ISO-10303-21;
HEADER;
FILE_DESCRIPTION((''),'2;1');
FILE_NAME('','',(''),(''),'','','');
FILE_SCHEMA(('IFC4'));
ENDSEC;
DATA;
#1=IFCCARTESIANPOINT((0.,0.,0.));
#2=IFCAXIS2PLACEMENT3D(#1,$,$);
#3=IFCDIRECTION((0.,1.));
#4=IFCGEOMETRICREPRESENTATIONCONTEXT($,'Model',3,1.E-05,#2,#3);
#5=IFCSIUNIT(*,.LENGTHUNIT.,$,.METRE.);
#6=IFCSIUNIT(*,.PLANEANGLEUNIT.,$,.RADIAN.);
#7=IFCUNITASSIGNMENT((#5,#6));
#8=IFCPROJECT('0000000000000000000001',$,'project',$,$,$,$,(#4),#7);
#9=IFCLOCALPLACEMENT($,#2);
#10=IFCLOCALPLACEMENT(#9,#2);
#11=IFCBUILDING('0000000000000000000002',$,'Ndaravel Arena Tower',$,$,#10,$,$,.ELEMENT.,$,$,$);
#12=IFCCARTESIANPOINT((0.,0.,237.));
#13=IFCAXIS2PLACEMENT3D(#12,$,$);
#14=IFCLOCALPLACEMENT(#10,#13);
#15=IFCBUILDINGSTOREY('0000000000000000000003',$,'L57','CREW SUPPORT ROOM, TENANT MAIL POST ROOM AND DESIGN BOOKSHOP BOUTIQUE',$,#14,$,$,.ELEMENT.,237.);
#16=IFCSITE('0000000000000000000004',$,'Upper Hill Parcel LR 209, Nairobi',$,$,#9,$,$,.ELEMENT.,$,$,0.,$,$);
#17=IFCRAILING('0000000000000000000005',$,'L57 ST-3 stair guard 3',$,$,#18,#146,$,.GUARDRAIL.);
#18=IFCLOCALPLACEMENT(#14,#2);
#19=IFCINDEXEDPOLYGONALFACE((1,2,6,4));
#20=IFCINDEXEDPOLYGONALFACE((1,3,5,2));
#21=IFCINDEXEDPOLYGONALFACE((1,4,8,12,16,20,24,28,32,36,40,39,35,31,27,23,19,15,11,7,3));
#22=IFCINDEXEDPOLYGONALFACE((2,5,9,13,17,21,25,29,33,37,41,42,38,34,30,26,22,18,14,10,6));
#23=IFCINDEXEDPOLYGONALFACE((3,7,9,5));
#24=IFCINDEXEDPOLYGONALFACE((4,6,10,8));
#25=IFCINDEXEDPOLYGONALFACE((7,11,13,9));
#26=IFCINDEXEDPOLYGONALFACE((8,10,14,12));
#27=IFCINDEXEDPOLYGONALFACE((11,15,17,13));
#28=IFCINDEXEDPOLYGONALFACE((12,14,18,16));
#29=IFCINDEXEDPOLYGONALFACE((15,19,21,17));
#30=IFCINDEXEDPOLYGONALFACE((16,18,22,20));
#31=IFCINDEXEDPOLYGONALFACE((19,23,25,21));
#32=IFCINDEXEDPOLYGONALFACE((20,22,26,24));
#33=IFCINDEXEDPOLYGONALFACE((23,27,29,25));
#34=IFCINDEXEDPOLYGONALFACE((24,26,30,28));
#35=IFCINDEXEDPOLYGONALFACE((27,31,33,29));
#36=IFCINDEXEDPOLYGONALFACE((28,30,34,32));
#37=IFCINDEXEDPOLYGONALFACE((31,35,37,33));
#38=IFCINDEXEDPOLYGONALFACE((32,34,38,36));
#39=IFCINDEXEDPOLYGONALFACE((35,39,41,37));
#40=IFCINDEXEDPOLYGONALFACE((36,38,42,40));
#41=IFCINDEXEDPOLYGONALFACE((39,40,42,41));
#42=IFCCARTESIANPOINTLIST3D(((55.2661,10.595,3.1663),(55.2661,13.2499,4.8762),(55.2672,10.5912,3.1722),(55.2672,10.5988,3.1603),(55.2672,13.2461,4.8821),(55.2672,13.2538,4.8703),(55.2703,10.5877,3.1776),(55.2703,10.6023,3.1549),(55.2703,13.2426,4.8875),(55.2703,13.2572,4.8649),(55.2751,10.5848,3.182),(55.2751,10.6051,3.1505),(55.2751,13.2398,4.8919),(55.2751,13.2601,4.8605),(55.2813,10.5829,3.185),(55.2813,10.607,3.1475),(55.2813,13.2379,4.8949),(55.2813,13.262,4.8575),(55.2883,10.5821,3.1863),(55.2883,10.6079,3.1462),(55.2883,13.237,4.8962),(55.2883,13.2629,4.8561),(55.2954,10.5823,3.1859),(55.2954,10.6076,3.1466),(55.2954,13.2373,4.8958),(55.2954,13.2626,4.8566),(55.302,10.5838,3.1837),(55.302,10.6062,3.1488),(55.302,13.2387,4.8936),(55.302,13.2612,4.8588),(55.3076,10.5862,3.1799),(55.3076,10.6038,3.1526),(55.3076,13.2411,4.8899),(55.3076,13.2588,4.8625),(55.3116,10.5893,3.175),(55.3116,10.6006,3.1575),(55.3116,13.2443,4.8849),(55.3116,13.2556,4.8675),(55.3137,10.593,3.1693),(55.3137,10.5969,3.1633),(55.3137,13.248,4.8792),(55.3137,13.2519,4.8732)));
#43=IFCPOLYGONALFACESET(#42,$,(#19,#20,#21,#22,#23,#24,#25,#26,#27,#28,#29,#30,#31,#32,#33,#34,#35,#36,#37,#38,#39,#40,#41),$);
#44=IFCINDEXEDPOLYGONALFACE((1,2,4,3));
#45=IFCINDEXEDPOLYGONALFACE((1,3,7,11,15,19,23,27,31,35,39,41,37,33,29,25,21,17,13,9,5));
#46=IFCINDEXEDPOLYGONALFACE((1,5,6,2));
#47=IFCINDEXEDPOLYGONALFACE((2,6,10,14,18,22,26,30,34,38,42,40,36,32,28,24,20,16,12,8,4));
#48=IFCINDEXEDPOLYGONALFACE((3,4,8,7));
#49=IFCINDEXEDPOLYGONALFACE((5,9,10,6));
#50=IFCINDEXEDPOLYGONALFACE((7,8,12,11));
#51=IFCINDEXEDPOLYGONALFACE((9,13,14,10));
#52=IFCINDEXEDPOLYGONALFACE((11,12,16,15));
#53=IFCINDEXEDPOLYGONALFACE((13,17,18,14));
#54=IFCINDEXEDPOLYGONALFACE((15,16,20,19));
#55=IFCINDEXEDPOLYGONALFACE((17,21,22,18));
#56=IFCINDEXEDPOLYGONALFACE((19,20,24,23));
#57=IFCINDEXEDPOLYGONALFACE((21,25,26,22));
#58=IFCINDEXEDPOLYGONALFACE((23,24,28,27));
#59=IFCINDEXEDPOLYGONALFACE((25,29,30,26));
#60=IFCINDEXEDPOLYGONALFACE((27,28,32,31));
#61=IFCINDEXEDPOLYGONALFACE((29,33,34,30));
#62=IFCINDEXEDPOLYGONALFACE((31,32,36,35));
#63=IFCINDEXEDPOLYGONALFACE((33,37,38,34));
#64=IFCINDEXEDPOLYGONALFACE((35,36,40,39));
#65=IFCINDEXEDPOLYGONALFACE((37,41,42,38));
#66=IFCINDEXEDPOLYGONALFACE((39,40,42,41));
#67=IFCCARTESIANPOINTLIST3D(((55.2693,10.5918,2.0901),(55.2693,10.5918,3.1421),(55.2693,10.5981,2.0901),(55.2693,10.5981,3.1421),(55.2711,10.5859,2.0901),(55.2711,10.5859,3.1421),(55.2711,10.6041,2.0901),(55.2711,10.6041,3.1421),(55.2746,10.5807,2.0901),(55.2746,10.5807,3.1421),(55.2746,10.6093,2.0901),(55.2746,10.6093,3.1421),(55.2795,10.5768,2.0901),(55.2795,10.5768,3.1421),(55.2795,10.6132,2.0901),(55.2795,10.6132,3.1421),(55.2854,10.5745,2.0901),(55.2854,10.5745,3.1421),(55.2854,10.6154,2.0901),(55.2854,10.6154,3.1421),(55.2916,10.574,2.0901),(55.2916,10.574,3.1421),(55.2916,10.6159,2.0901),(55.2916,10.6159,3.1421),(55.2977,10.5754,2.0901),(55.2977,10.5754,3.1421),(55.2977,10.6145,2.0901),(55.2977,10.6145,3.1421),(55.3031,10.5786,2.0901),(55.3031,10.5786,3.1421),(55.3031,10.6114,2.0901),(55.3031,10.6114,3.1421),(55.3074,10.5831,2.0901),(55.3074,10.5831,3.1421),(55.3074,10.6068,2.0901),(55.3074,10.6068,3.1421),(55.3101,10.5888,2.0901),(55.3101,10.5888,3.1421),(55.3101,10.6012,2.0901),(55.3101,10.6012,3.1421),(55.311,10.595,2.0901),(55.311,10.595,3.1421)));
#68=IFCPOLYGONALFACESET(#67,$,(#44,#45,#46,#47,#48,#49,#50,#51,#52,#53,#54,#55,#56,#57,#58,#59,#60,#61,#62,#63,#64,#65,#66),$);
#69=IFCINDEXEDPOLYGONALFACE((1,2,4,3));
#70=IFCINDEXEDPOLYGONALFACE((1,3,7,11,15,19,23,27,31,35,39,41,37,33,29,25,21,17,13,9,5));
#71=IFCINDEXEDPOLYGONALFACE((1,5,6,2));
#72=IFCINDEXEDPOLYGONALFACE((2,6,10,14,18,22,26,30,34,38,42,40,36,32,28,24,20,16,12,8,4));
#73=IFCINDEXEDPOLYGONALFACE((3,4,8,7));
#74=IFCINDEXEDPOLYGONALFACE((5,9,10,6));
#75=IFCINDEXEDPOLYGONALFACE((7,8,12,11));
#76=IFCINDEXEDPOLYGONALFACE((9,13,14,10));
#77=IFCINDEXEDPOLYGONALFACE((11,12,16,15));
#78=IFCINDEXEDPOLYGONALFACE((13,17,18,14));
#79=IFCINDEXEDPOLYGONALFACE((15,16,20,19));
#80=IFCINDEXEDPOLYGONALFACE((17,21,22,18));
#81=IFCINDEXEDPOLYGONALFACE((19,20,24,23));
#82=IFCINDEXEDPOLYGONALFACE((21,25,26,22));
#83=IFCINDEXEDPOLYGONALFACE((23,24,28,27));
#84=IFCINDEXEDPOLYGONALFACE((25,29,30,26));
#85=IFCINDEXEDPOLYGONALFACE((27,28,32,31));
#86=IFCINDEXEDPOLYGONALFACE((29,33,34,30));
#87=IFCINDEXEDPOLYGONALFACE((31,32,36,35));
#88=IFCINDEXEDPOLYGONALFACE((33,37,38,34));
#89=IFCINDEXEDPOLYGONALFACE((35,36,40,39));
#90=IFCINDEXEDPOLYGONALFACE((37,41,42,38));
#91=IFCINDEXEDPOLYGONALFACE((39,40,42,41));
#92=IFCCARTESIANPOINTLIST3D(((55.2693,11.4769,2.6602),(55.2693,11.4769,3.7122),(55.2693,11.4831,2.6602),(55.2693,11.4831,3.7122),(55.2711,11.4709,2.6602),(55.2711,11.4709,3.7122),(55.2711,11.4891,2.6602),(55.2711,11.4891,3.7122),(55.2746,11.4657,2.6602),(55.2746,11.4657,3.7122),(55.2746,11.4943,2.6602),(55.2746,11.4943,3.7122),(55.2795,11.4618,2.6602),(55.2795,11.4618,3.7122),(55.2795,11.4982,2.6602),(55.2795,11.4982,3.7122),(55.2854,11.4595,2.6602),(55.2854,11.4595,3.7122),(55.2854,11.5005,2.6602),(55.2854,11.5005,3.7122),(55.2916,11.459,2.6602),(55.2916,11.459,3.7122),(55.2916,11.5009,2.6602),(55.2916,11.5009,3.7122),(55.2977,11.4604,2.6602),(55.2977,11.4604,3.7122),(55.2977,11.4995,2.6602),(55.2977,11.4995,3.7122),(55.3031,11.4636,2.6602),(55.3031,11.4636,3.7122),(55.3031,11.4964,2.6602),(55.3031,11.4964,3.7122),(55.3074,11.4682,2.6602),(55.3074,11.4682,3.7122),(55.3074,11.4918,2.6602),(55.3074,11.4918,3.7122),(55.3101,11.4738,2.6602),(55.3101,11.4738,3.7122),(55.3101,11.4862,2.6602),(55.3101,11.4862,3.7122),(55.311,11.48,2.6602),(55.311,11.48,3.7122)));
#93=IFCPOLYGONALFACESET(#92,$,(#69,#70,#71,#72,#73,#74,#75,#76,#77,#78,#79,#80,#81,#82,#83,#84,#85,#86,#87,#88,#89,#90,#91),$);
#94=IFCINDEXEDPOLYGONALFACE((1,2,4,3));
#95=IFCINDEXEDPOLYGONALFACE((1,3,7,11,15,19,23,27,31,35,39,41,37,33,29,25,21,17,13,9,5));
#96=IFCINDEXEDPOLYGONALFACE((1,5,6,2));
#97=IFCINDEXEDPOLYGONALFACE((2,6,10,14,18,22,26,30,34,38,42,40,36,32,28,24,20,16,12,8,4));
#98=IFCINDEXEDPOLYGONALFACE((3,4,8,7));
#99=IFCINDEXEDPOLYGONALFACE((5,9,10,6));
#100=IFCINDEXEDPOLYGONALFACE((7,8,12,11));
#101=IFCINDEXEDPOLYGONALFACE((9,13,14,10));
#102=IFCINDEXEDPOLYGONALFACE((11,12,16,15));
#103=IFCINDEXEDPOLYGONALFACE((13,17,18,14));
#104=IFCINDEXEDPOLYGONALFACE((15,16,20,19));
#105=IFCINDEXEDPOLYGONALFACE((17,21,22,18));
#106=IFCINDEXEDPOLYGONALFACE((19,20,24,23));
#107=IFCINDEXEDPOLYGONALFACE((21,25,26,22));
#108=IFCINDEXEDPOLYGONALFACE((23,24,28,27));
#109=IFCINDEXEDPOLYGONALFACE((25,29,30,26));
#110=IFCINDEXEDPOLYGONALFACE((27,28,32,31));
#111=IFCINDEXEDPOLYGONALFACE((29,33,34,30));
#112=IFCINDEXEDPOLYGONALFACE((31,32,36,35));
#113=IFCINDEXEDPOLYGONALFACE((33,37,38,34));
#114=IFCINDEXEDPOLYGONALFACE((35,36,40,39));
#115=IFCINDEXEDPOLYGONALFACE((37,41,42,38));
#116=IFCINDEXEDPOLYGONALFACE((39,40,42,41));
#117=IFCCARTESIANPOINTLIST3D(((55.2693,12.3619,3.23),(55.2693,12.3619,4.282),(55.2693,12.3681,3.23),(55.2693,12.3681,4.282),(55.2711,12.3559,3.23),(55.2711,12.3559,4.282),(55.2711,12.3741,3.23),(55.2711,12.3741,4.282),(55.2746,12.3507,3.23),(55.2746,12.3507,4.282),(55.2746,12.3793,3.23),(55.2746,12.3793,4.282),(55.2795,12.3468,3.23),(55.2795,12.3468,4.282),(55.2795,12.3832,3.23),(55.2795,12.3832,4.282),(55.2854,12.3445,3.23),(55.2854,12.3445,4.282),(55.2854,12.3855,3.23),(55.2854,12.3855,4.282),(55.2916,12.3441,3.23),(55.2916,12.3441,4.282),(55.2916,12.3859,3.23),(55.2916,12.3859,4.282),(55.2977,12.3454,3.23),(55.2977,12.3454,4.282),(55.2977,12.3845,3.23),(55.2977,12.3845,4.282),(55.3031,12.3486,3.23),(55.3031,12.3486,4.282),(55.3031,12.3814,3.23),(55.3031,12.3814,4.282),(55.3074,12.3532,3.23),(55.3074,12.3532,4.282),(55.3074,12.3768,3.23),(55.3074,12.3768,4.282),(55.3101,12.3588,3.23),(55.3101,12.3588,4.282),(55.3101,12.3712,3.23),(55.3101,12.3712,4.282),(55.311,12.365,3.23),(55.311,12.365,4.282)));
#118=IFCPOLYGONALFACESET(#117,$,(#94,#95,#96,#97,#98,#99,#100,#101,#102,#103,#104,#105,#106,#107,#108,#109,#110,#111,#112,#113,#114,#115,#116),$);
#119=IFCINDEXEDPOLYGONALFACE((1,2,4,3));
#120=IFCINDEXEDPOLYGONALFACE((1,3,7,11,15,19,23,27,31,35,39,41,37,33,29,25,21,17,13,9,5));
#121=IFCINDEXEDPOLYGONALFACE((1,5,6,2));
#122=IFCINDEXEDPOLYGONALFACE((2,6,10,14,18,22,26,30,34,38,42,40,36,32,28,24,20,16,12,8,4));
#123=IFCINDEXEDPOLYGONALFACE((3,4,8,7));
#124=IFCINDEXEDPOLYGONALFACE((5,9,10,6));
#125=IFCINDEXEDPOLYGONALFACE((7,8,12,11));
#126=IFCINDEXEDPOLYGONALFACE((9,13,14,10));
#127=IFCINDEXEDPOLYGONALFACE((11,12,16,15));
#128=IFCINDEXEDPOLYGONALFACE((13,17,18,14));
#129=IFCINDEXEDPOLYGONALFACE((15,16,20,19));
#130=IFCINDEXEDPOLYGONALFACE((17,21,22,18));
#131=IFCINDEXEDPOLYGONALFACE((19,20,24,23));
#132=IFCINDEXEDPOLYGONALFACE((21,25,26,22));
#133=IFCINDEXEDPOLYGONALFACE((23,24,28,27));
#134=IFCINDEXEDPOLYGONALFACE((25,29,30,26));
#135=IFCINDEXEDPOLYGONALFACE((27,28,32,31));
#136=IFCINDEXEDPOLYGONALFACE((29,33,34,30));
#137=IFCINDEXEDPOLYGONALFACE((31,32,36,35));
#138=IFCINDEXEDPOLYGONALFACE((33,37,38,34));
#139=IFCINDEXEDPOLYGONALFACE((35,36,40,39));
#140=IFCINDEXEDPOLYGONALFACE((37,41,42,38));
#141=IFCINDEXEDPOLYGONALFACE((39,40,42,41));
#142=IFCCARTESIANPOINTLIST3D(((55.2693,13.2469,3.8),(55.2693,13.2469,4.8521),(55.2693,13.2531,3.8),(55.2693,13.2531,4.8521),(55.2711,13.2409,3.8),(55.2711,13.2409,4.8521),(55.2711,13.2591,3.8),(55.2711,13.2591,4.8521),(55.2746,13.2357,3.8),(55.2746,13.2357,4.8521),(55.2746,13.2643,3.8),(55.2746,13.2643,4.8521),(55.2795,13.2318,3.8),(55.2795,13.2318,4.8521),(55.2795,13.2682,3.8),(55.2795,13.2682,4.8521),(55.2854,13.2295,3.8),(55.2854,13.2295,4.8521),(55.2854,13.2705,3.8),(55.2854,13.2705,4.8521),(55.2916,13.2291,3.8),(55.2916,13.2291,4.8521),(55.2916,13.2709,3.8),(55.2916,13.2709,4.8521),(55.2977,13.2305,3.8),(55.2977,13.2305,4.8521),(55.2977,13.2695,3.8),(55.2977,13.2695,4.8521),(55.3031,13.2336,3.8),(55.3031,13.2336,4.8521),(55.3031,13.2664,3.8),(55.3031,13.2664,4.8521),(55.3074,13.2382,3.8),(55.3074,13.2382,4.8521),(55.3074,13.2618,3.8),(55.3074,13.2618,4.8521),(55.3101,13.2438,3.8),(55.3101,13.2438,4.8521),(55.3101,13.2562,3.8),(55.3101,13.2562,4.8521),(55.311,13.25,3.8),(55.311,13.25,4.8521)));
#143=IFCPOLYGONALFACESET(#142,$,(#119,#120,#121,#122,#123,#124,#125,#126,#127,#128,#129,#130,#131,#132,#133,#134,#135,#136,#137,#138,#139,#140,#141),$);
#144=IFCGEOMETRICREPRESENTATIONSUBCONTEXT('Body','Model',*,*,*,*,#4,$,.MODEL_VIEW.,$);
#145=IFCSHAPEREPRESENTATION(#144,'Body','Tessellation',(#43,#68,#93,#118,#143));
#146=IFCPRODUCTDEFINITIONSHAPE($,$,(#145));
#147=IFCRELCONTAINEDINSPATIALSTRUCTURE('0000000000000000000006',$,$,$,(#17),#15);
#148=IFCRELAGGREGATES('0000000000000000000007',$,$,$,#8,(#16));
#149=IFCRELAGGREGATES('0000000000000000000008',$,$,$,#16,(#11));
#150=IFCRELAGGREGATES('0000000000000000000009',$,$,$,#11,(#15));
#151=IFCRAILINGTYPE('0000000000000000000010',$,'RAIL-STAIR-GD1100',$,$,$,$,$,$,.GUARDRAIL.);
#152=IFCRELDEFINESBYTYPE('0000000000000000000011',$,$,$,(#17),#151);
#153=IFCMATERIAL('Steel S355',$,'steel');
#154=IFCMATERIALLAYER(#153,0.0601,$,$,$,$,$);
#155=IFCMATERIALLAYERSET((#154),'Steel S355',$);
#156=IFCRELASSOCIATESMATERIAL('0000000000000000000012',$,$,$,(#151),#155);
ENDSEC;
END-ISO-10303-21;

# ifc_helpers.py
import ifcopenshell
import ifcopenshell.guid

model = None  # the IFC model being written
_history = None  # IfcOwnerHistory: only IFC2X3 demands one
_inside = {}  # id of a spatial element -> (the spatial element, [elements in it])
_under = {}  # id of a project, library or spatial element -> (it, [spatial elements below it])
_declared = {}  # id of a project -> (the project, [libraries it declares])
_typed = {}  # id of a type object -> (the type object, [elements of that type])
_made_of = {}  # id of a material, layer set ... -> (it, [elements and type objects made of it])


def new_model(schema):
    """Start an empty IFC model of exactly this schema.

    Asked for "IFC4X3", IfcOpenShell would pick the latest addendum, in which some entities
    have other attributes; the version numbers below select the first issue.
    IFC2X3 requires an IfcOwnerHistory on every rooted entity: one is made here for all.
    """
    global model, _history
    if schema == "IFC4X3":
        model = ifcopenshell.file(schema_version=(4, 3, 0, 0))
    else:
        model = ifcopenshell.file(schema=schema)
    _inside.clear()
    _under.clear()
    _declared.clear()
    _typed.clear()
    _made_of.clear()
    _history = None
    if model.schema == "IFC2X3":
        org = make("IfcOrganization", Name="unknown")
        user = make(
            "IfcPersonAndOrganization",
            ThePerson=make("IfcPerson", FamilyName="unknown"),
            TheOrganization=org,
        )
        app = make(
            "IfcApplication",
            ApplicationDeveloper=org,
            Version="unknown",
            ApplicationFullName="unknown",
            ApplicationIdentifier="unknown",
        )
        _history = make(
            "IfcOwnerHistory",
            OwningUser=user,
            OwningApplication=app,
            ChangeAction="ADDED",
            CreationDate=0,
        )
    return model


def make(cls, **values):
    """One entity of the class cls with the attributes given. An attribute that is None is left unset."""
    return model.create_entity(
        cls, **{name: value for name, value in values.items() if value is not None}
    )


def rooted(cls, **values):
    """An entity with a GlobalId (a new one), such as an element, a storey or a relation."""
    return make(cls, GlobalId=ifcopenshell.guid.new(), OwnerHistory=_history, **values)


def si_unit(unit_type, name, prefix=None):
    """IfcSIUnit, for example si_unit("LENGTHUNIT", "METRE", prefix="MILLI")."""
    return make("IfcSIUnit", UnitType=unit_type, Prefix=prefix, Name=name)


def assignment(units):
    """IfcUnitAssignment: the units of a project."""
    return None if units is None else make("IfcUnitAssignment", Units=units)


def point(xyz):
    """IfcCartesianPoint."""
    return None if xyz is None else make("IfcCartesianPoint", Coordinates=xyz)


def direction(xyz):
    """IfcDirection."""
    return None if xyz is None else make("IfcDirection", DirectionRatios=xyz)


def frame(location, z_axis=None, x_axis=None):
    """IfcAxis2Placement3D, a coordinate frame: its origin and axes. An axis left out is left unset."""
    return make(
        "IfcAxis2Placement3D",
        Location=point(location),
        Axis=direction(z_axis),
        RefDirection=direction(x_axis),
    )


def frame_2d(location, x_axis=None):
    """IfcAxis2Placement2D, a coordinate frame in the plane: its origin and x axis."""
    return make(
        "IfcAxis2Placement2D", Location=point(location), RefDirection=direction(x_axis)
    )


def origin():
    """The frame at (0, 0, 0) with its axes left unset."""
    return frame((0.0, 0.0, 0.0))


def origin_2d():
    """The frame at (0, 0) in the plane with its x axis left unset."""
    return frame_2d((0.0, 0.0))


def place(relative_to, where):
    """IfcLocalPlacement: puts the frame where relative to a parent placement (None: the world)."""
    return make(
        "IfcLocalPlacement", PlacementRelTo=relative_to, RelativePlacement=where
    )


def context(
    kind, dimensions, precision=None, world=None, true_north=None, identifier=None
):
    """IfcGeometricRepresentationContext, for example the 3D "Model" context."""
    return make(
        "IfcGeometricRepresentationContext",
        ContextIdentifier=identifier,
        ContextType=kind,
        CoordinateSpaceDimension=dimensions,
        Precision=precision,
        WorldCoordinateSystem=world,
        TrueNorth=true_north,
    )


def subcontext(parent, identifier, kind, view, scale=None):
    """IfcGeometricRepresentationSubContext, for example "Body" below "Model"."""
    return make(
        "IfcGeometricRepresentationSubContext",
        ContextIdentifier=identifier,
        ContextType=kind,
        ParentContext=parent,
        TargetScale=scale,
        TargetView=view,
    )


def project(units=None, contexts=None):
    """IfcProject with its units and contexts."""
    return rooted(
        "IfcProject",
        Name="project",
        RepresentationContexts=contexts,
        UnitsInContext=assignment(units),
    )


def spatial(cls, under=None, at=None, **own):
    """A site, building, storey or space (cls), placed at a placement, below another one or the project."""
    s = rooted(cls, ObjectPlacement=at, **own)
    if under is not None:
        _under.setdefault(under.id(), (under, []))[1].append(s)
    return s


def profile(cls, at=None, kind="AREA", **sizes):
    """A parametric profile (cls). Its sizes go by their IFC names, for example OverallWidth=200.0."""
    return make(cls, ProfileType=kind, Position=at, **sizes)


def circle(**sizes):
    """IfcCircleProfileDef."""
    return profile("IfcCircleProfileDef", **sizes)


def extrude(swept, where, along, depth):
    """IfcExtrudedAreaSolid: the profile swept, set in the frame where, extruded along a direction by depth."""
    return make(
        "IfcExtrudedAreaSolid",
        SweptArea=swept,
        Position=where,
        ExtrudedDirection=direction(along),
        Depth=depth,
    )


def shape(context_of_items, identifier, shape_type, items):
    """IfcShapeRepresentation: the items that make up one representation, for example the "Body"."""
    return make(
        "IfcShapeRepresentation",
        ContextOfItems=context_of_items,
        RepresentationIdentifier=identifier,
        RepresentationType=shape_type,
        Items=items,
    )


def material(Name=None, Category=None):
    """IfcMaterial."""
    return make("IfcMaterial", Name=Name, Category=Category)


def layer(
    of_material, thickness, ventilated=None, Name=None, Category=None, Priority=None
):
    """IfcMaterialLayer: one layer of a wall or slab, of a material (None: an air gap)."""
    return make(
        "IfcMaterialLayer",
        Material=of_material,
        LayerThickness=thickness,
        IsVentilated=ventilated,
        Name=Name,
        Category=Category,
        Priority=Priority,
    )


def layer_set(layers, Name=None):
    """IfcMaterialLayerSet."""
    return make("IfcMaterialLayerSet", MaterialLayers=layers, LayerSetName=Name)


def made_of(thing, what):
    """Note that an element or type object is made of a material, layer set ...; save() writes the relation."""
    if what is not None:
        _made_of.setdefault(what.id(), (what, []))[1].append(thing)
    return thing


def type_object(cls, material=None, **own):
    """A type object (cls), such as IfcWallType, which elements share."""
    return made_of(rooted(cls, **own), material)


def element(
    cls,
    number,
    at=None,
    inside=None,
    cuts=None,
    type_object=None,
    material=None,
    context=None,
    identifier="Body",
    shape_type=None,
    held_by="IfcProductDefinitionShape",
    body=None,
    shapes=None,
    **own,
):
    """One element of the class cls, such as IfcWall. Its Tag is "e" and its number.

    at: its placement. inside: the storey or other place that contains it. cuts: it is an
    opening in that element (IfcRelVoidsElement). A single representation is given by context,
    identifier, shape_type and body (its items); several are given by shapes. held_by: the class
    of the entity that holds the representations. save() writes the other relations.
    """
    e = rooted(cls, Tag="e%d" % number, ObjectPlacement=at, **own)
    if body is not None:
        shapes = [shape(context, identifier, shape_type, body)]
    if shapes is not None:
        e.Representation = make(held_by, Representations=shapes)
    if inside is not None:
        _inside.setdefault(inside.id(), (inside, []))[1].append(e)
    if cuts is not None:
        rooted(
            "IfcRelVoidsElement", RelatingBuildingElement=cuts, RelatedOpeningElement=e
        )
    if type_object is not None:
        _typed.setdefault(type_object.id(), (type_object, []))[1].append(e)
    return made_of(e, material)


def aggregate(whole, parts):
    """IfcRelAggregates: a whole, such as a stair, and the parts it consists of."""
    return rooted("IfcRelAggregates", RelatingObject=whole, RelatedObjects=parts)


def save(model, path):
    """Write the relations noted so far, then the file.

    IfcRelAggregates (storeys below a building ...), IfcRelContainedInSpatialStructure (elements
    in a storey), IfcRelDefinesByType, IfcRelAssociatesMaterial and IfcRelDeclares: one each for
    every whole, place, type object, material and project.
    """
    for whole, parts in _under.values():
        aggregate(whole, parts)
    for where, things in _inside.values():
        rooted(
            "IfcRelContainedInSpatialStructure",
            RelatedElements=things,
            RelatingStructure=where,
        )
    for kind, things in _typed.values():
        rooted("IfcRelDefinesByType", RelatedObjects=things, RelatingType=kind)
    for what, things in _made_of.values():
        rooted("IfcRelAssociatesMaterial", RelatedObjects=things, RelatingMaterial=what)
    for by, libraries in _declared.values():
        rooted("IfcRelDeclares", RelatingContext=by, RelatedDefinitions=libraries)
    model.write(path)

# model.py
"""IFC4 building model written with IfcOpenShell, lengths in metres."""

from ifc_helpers import new_model, si_unit, direction, frame, origin, origin_2d, place, context, subcontext, project, spatial, circle, extrude, material, layer, layer_set, type_object, element, save


model = new_model("IFC4")

# Units and contexts
model_context = context("Model", 3, precision=1e-05, world=origin(), true_north=direction((0.0, 1.0)))
body_context = subcontext(model_context, "Body", "Model", "MODEL_VIEW")
ifc_project = project(units=[si_unit("LENGTHUNIT", "METRE"), si_unit("PLANEANGLEUNIT", "RADIAN")], contexts=[model_context])

# Site, building, storey
site_placement = place(None, origin())
site = spatial("IfcSite", under=ifc_project, at=site_placement, Name="Upper Hill Parcel LR 209, Nairobi", CompositionType="ELEMENT", RefElevation=0.0)
building_placement = place(site_placement, origin())
building = spatial("IfcBuilding", under=site, at=building_placement, Name="Ndaravel Arena Tower", CompositionType="ELEMENT")
storey_placement = place(building_placement, frame((0.0, 0.0, 237.0)))
storey = spatial("IfcBuildingStorey", under=building, at=storey_placement, Name="L57", Description="CREW SUPPORT ROOM, TENANT MAIL POST ROOM AND DESIGN BOOKSHOP BOUTIQUE", CompositionType="ELEMENT", Elevation=237.0)

# Railing
ifc_material_1 = material(Name="Steel S355", Category="steel")
ifc_layer_1 = layer(ifc_material_1, 0.0601)
ifc_layer_set_1 = layer_set([ifc_layer_1], Name="Steel S355")
railing_type_1 = type_object("IfcRailingType", Name="RAIL-STAIR-GD1100", PredefinedType="GUARDRAIL", material=ifc_layer_set_1)
railing_1_placement = place(storey_placement, frame((55.29, 10.595, 2.0901)))
element("IfcRailing", 1, at=railing_1_placement, inside=storey, type_object=railing_type_1, Name="L57 ST-3 stair guard 3", PredefinedType="GUARDRAIL", context=body_context, shape_type="SweptSolid", body=[
    extrude(circle(Radius=0.0239, at=origin_2d()), frame((0.0, 0.0, 1.0762), z_axis=(0.0, 0.840724, 0.541465), x_axis=(-1.0, 0.0, 0.0)), (0.0, 0.0, 1.0), 3.158),
    extrude(circle(Radius=0.021, at=origin_2d()), origin(), (0.0, 0.0, 1.0), 1.052),
    extrude(circle(Radius=0.021, at=origin_2d()), frame((0.0, 0.885, 0.5701)), (0.0, 0.0, 1.0), 1.052),
    extrude(circle(Radius=0.021, at=origin_2d()), frame((0.0, 1.77, 1.1399)), (0.0, 0.0, 1.0), 1.052),
    extrude(circle(Radius=0.021, at=origin_2d()), frame((0.0, 2.655, 1.71)), (0.0, 0.0, 1.0), 1.052),
])

save(model, "model.ifc")
